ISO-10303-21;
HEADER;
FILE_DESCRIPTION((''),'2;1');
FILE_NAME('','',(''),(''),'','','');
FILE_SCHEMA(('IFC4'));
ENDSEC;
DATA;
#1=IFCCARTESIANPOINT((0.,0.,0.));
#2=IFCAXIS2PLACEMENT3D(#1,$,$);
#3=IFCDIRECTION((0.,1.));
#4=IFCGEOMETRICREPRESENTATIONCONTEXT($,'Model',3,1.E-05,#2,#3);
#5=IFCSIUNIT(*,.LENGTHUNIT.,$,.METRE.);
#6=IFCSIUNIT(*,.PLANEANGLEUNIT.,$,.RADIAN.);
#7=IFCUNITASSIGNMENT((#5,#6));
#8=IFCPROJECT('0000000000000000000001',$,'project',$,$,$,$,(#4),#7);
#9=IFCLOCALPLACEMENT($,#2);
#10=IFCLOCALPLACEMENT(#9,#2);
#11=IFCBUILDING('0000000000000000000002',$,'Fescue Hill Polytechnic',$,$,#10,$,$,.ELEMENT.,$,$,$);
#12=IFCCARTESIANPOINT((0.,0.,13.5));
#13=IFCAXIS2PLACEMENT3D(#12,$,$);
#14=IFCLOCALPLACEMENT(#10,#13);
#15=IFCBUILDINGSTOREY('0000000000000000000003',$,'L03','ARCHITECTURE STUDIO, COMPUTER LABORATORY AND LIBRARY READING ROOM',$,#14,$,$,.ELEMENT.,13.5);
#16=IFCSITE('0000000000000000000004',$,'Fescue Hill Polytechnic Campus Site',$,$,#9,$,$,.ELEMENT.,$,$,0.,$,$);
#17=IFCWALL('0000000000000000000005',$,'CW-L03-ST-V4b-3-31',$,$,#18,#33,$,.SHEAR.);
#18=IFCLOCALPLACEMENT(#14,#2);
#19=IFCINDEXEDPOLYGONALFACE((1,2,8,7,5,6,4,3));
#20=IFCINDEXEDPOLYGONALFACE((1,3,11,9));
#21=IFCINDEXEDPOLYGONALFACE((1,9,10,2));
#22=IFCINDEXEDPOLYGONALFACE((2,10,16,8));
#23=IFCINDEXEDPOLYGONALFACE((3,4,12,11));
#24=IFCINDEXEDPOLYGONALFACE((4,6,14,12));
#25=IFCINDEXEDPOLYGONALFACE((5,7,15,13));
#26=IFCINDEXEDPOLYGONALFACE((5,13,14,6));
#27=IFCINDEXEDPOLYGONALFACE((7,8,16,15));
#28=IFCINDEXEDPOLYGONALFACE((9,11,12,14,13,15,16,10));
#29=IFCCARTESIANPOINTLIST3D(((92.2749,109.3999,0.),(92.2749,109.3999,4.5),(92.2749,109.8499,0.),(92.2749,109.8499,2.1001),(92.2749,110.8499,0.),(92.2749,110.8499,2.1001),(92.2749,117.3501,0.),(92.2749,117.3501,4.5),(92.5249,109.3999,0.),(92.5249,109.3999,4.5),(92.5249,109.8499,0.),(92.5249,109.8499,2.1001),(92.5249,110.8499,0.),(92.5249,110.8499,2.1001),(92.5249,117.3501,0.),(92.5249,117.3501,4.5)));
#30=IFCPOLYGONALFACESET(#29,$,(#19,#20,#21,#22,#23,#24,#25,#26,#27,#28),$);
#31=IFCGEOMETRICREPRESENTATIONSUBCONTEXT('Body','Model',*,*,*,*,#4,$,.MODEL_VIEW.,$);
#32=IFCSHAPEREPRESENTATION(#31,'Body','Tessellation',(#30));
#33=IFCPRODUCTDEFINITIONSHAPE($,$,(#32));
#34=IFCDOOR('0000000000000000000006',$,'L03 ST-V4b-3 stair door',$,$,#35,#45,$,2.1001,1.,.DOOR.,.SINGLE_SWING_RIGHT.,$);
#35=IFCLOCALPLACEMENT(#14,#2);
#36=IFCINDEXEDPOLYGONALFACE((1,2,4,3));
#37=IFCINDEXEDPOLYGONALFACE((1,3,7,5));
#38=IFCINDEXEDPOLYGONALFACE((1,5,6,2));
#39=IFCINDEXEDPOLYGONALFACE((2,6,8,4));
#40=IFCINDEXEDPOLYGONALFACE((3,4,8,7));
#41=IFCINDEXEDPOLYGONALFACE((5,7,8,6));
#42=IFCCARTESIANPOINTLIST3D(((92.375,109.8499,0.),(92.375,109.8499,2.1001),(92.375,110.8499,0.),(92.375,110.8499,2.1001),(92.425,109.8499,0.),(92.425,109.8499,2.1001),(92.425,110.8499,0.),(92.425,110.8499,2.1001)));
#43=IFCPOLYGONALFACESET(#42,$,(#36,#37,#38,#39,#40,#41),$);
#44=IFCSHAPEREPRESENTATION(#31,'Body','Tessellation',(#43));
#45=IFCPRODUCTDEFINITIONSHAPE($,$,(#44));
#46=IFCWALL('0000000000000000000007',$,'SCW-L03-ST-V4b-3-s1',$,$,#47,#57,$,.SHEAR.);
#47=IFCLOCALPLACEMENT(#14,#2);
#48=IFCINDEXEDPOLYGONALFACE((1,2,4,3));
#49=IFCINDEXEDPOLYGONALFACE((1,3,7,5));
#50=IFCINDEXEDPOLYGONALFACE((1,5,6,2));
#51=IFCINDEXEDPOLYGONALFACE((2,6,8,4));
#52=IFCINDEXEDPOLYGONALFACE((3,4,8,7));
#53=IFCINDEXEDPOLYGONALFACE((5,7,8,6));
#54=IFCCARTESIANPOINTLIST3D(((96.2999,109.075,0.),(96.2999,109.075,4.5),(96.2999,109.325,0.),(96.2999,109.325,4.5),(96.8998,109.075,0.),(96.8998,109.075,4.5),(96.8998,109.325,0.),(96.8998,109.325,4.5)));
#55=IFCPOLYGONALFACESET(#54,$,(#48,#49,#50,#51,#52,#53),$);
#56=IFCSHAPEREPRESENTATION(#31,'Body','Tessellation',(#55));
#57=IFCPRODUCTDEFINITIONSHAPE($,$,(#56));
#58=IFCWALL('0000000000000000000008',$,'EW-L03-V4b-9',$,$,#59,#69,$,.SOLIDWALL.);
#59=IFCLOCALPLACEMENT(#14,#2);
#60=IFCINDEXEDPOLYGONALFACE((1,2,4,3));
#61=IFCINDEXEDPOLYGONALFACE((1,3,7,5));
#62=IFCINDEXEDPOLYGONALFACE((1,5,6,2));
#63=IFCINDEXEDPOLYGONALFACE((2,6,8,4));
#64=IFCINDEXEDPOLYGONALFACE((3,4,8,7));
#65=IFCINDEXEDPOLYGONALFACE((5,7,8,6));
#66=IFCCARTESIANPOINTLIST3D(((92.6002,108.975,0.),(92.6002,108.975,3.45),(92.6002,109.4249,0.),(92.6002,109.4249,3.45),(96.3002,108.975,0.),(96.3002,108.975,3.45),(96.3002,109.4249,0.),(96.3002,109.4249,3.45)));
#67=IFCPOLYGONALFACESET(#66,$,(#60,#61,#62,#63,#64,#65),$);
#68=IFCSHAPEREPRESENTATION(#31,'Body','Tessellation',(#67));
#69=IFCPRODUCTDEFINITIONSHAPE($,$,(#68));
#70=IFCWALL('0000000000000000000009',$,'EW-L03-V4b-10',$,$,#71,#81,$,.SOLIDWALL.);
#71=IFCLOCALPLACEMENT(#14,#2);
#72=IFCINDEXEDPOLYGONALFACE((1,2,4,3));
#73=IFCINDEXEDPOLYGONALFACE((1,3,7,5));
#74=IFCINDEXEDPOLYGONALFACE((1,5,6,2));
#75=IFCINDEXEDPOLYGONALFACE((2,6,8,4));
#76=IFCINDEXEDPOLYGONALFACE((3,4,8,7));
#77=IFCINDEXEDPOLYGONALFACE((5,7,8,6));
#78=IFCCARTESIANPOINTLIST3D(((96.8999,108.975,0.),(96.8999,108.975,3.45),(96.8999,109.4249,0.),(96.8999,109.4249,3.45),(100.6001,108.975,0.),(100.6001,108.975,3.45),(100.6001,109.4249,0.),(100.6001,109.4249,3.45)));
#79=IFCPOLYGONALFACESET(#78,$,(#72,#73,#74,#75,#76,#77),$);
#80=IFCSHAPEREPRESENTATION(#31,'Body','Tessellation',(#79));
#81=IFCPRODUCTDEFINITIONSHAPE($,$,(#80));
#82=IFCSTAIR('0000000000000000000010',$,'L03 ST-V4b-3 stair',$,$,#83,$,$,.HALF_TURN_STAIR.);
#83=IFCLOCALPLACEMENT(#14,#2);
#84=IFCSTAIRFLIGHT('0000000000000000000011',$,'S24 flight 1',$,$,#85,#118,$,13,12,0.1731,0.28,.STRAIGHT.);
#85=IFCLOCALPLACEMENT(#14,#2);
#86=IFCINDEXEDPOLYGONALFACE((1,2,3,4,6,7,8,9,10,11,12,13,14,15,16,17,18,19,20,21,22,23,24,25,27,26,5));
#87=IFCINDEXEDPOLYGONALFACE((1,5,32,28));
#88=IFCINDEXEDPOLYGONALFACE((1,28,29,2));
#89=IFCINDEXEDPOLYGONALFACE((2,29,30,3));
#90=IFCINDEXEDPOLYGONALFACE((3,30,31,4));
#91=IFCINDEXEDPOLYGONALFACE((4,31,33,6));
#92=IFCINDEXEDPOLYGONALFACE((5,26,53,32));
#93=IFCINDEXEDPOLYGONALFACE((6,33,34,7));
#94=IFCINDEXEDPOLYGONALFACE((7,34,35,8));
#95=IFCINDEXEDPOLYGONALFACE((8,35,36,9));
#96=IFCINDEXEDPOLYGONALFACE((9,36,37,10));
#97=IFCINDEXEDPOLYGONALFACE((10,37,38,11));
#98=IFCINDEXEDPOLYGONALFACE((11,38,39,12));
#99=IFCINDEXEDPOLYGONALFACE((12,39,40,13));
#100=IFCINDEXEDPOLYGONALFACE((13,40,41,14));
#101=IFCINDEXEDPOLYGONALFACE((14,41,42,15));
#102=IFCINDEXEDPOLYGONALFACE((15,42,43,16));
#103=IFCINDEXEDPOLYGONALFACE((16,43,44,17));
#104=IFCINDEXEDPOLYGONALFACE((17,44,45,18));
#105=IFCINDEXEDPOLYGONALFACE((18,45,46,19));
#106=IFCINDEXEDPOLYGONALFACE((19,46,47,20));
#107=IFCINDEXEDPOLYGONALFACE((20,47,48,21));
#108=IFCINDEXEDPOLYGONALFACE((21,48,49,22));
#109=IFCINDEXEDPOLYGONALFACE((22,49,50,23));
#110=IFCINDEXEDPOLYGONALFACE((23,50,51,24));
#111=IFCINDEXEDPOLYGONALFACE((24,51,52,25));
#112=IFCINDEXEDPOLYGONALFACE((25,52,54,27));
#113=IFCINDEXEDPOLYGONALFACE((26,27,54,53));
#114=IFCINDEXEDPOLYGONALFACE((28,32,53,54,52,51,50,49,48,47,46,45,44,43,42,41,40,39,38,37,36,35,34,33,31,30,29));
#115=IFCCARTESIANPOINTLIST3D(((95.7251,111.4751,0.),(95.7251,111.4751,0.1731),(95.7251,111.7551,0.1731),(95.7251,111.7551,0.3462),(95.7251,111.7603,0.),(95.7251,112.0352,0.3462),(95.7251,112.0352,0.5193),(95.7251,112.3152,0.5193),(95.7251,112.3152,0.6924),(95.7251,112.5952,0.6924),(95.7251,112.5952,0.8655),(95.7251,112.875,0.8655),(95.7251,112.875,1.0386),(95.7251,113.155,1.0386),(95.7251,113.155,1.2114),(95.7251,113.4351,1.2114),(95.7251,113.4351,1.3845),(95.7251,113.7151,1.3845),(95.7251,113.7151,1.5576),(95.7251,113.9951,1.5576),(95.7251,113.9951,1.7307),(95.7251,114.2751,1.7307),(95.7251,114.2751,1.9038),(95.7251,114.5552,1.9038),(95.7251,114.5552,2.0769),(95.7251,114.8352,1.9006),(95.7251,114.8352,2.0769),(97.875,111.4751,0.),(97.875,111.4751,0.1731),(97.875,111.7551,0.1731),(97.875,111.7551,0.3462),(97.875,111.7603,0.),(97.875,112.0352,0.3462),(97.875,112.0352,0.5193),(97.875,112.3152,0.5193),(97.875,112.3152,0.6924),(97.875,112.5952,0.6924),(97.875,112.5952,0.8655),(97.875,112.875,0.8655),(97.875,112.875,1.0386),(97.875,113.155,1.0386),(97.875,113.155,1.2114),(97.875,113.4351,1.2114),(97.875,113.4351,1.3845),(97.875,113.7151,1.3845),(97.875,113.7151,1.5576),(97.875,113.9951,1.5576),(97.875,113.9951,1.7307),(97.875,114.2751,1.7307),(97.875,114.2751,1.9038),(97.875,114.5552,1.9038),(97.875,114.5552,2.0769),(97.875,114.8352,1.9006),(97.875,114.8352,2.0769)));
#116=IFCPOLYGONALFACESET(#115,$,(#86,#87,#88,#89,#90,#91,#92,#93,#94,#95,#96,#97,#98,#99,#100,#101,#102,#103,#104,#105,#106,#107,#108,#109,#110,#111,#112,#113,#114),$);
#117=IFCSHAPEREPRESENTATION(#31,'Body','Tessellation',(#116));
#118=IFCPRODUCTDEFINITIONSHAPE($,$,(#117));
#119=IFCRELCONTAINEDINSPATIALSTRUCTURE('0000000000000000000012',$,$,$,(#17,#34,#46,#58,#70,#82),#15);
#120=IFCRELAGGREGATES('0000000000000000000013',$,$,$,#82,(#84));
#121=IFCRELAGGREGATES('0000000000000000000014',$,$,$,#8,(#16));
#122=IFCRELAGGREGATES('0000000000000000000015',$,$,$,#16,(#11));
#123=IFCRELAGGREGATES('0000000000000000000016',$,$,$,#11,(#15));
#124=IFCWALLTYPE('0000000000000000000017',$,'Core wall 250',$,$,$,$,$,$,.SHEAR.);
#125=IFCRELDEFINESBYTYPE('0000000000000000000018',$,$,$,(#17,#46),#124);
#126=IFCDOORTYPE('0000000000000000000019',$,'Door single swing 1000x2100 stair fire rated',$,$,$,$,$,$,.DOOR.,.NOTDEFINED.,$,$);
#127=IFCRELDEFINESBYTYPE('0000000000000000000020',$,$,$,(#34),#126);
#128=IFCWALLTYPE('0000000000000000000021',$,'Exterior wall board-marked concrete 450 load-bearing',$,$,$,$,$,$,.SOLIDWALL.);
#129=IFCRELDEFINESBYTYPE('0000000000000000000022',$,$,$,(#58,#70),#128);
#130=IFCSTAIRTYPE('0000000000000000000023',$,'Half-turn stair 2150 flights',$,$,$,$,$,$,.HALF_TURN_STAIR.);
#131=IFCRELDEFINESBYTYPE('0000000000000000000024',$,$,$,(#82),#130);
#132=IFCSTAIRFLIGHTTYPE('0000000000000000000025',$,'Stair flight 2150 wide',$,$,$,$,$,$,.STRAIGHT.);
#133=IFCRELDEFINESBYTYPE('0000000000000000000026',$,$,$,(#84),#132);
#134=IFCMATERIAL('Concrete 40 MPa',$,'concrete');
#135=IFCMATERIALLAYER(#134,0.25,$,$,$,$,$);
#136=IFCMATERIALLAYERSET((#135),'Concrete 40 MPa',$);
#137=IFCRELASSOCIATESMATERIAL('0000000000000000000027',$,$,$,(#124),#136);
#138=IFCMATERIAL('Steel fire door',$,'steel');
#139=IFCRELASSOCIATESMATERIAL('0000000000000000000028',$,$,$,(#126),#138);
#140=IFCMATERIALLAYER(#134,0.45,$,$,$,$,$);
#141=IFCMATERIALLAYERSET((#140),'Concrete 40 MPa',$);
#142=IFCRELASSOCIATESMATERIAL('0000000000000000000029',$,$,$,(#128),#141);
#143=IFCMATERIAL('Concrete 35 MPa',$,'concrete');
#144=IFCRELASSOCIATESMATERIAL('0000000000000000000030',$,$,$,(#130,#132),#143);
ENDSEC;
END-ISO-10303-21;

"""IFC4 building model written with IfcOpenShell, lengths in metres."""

from ifc_helpers import new_model, si_unit, direction, frame, frame_2d, origin, place, context, subcontext, project, spatial, polyline, rectangle, outline, extrude, material, layer, layer_set, type_object, element, fill, aggregate, save


model = new_model("IFC4")

# Units and contexts
model_context = context("Model", 3, precision=1e-05, world=origin(), true_north=direction((0.0, 1.0)))
body_context = subcontext(model_context, "Body", "Model", "MODEL_VIEW")
ifc_project = project(units=[si_unit("LENGTHUNIT", "METRE"), si_unit("PLANEANGLEUNIT", "RADIAN")], contexts=[model_context])

# Site, building, storey
site_placement = place(None, origin())
site = spatial("IfcSite", under=ifc_project, at=site_placement, Name="Fescue Hill Polytechnic Campus Site", CompositionType="ELEMENT", RefElevation=0.0)
building_placement = place(site_placement, origin())
building = spatial("IfcBuilding", under=site, at=building_placement, Name="Fescue Hill Polytechnic", CompositionType="ELEMENT")
storey_placement = place(building_placement, frame((0.0, 0.0, 13.5)))
storey = spatial("IfcBuildingStorey", under=building, at=storey_placement, Name="L03", Description="ARCHITECTURE STUDIO, COMPUTER LABORATORY AND LIBRARY READING ROOM", CompositionType="ELEMENT", Elevation=13.5)

# Shared definitions
ifc_material_1 = material(Name="Concrete 40 MPa", Category="concrete")

# Shared definitions
ifc_material_2 = material(Name="Concrete 35 MPa", Category="concrete")

# Wall, opening, door
ifc_layer_1 = layer(ifc_material_1, 0.25)
ifc_layer_set_1 = layer_set([ifc_layer_1], Name="Concrete 40 MPa")
wall_type_1 = type_object("IfcWallType", Name="Core wall 250", PredefinedType="SHEAR", material=ifc_layer_set_1)
wall_1_placement = place(storey_placement, frame((92.3999, 109.3999, 0.0), z_axis=(0.0, 0.0, 1.0), x_axis=(0.0, 1.0, 0.0)))
wall_1 = element("IfcWall", 1, at=wall_1_placement, inside=storey, type_object=wall_type_1, Name="CW-L03-ST-V4b-3-31", PredefinedType="SHEAR", context=body_context, shape_type="SweptSolid", body=[
    extrude(rectangle(XDim=7.9502, YDim=0.25, at=frame_2d((3.9751, 0.0))), origin(), (0.0, 0.0, 1.0), 4.5),
])
opening_placement = place(wall_1_placement, frame((0.45, 0.0, 0.0)))
opening = element("IfcOpeningElement", 2, at=opening_placement, cuts=wall_1, PredefinedType="OPENING", context=body_context, shape_type="SweptSolid", body=[
    extrude(rectangle(XDim=1.0, YDim=2.1001, at=frame_2d((0.5, 1.05))), frame((0.0, 0.135, 0.0), z_axis=(0.0, -1.0, 0.0), x_axis=(1.0, 0.0, 0.0)), (0.0, 0.0, 1.0), 0.27),
])
ifc_material_3 = material(Name="Steel fire door", Category="steel")
door_type = type_object("IfcDoorType", Name="Door single swing 1000x2100 stair fire rated", OperationType="NOTDEFINED", PredefinedType="DOOR", material=ifc_material_3)
door_placement = place(opening_placement, origin())
door = element("IfcDoor", 3, at=door_placement, inside=storey, type_object=door_type, Name="L03 ST-V4b-3 stair door", OperationType="SINGLE_SWING_RIGHT", OverallHeight=2.1001, OverallWidth=1.0, PredefinedType="DOOR", context=body_context, shape_type="SweptSolid", body=[
    extrude(rectangle(XDim=1.0, YDim=2.1001, at=frame_2d((0.5, 1.05))), frame((0.0, 0.0249, 0.0), z_axis=(0.0, -1.0, 0.0), x_axis=(1.0, 0.0, 0.0)), (0.0, 0.0, 1.0), 0.05),
])
fill(opening, door)

# Walls
wall_2_placement = place(storey_placement, frame((96.3, 109.2, 0.0), z_axis=(0.0, 0.0, 1.0), x_axis=(1.0, 0.0, 0.0)))
element("IfcWall", 4, at=wall_2_placement, inside=storey, type_object=wall_type_1, Name="SCW-L03-ST-V4b-3-s1", PredefinedType="SHEAR", context=body_context, shape_type="SweptSolid", body=[
    extrude(rectangle(XDim=0.5999, YDim=0.25, at=frame_2d((0.2998, 0.0))), origin(), (0.0, 0.0, 1.0), 4.5),
])
ifc_layer_2 = layer(ifc_material_1, 0.45)
ifc_layer_set_2 = layer_set([ifc_layer_2], Name="Concrete 40 MPa")
wall_type_2 = type_object("IfcWallType", Name="Exterior wall board-marked concrete 450 load-bearing", PredefinedType="SOLIDWALL", material=ifc_layer_set_2)
wall_3_placement = place(storey_placement, frame((92.6001, 109.2, 0.0), z_axis=(0.0, 0.0, 1.0), x_axis=(1.0, 0.0, 0.0)))
element("IfcWall", 5, at=wall_3_placement, inside=storey, type_object=wall_type_2, Name="EW-L03-V4b-9", PredefinedType="SOLIDWALL", context=body_context, shape_type="SweptSolid", body=[
    extrude(rectangle(XDim=3.7, YDim=0.45, at=frame_2d((1.8501, 0.0))), origin(), (0.0, 0.0, 1.0), 3.45),
])
wall_4_placement = place(storey_placement, frame((96.8999, 109.2, 0.0), z_axis=(0.0, 0.0, 1.0), x_axis=(1.0, 0.0, 0.0)))
element("IfcWall", 6, at=wall_4_placement, inside=storey, type_object=wall_type_2, Name="EW-L03-V4b-10", PredefinedType="SOLIDWALL", context=body_context, shape_type="SweptSolid", body=[
    extrude(rectangle(XDim=3.7002, YDim=0.45, at=frame_2d((1.8501, 0.0))), origin(), (0.0, 0.0, 1.0), 3.45),
])

# Stair, stair flight
stair_type = type_object("IfcStairType", Name="Half-turn stair 2150 flights", PredefinedType="HALF_TURN_STAIR", material=ifc_material_2)
stair_placement = place(storey_placement, origin())
stair = element("IfcStair", 7, at=stair_placement, inside=storey, type_object=stair_type, Name="L03 ST-V4b-3 stair", PredefinedType="HALF_TURN_STAIR")
stair_flight_type = type_object("IfcStairFlightType", Name="Stair flight 2150 wide", PredefinedType="STRAIGHT", material=ifc_material_2)
stair_flight_placement = place(storey_placement, frame((96.8, 111.4751, 0.0), z_axis=(0.0, 0.0, 1.0), x_axis=(0.0, 1.0, 0.0)))
stair_flight = element("IfcStairFlight", 8, at=stair_flight_placement, type_object=stair_flight_type, Name="S24 flight 1", NumberOfRisers=13, NumberOfTreads=12, PredefinedType="STRAIGHT", RiserHeight=0.1731, TreadLength=0.28, context=body_context, shape_type="SweptSolid", body=[
    extrude(outline(polyline([(0.0, 0.0), (0.0, 0.1731), (0.28, 0.1731), (0.28, 0.3462), (0.5601, 0.3462), (0.5601, 0.5193), (0.8401, 0.5193), (0.8401, 0.6924), (1.1201, 0.6924), (1.1201, 0.8655), (1.3999, 0.8655), (1.3999, 1.0386), (1.6799, 1.0386), (1.6799, 1.2114), (1.96, 1.2114), (1.96, 1.3845), (2.24, 1.3845), (2.24, 1.5576), (2.52, 1.5576), (2.52, 1.7307), (2.8, 1.7307), (2.8, 1.9038), (3.0801, 1.9038), (3.0801, 2.0769), (3.3601, 2.0769), (3.3601, 2.25), (3.3601, 1.9006), (0.2852, 0.0), (0.0, 0.0)])), frame((0.0, 1.075, 0.0), z_axis=(0.0, -1.0, 0.0), x_axis=(1.0, 0.0, 0.0)), (0.0, 0.0, 1.0), 2.1499),
])
aggregate(stair, [stair_flight])

save(model, "model.ifc")
